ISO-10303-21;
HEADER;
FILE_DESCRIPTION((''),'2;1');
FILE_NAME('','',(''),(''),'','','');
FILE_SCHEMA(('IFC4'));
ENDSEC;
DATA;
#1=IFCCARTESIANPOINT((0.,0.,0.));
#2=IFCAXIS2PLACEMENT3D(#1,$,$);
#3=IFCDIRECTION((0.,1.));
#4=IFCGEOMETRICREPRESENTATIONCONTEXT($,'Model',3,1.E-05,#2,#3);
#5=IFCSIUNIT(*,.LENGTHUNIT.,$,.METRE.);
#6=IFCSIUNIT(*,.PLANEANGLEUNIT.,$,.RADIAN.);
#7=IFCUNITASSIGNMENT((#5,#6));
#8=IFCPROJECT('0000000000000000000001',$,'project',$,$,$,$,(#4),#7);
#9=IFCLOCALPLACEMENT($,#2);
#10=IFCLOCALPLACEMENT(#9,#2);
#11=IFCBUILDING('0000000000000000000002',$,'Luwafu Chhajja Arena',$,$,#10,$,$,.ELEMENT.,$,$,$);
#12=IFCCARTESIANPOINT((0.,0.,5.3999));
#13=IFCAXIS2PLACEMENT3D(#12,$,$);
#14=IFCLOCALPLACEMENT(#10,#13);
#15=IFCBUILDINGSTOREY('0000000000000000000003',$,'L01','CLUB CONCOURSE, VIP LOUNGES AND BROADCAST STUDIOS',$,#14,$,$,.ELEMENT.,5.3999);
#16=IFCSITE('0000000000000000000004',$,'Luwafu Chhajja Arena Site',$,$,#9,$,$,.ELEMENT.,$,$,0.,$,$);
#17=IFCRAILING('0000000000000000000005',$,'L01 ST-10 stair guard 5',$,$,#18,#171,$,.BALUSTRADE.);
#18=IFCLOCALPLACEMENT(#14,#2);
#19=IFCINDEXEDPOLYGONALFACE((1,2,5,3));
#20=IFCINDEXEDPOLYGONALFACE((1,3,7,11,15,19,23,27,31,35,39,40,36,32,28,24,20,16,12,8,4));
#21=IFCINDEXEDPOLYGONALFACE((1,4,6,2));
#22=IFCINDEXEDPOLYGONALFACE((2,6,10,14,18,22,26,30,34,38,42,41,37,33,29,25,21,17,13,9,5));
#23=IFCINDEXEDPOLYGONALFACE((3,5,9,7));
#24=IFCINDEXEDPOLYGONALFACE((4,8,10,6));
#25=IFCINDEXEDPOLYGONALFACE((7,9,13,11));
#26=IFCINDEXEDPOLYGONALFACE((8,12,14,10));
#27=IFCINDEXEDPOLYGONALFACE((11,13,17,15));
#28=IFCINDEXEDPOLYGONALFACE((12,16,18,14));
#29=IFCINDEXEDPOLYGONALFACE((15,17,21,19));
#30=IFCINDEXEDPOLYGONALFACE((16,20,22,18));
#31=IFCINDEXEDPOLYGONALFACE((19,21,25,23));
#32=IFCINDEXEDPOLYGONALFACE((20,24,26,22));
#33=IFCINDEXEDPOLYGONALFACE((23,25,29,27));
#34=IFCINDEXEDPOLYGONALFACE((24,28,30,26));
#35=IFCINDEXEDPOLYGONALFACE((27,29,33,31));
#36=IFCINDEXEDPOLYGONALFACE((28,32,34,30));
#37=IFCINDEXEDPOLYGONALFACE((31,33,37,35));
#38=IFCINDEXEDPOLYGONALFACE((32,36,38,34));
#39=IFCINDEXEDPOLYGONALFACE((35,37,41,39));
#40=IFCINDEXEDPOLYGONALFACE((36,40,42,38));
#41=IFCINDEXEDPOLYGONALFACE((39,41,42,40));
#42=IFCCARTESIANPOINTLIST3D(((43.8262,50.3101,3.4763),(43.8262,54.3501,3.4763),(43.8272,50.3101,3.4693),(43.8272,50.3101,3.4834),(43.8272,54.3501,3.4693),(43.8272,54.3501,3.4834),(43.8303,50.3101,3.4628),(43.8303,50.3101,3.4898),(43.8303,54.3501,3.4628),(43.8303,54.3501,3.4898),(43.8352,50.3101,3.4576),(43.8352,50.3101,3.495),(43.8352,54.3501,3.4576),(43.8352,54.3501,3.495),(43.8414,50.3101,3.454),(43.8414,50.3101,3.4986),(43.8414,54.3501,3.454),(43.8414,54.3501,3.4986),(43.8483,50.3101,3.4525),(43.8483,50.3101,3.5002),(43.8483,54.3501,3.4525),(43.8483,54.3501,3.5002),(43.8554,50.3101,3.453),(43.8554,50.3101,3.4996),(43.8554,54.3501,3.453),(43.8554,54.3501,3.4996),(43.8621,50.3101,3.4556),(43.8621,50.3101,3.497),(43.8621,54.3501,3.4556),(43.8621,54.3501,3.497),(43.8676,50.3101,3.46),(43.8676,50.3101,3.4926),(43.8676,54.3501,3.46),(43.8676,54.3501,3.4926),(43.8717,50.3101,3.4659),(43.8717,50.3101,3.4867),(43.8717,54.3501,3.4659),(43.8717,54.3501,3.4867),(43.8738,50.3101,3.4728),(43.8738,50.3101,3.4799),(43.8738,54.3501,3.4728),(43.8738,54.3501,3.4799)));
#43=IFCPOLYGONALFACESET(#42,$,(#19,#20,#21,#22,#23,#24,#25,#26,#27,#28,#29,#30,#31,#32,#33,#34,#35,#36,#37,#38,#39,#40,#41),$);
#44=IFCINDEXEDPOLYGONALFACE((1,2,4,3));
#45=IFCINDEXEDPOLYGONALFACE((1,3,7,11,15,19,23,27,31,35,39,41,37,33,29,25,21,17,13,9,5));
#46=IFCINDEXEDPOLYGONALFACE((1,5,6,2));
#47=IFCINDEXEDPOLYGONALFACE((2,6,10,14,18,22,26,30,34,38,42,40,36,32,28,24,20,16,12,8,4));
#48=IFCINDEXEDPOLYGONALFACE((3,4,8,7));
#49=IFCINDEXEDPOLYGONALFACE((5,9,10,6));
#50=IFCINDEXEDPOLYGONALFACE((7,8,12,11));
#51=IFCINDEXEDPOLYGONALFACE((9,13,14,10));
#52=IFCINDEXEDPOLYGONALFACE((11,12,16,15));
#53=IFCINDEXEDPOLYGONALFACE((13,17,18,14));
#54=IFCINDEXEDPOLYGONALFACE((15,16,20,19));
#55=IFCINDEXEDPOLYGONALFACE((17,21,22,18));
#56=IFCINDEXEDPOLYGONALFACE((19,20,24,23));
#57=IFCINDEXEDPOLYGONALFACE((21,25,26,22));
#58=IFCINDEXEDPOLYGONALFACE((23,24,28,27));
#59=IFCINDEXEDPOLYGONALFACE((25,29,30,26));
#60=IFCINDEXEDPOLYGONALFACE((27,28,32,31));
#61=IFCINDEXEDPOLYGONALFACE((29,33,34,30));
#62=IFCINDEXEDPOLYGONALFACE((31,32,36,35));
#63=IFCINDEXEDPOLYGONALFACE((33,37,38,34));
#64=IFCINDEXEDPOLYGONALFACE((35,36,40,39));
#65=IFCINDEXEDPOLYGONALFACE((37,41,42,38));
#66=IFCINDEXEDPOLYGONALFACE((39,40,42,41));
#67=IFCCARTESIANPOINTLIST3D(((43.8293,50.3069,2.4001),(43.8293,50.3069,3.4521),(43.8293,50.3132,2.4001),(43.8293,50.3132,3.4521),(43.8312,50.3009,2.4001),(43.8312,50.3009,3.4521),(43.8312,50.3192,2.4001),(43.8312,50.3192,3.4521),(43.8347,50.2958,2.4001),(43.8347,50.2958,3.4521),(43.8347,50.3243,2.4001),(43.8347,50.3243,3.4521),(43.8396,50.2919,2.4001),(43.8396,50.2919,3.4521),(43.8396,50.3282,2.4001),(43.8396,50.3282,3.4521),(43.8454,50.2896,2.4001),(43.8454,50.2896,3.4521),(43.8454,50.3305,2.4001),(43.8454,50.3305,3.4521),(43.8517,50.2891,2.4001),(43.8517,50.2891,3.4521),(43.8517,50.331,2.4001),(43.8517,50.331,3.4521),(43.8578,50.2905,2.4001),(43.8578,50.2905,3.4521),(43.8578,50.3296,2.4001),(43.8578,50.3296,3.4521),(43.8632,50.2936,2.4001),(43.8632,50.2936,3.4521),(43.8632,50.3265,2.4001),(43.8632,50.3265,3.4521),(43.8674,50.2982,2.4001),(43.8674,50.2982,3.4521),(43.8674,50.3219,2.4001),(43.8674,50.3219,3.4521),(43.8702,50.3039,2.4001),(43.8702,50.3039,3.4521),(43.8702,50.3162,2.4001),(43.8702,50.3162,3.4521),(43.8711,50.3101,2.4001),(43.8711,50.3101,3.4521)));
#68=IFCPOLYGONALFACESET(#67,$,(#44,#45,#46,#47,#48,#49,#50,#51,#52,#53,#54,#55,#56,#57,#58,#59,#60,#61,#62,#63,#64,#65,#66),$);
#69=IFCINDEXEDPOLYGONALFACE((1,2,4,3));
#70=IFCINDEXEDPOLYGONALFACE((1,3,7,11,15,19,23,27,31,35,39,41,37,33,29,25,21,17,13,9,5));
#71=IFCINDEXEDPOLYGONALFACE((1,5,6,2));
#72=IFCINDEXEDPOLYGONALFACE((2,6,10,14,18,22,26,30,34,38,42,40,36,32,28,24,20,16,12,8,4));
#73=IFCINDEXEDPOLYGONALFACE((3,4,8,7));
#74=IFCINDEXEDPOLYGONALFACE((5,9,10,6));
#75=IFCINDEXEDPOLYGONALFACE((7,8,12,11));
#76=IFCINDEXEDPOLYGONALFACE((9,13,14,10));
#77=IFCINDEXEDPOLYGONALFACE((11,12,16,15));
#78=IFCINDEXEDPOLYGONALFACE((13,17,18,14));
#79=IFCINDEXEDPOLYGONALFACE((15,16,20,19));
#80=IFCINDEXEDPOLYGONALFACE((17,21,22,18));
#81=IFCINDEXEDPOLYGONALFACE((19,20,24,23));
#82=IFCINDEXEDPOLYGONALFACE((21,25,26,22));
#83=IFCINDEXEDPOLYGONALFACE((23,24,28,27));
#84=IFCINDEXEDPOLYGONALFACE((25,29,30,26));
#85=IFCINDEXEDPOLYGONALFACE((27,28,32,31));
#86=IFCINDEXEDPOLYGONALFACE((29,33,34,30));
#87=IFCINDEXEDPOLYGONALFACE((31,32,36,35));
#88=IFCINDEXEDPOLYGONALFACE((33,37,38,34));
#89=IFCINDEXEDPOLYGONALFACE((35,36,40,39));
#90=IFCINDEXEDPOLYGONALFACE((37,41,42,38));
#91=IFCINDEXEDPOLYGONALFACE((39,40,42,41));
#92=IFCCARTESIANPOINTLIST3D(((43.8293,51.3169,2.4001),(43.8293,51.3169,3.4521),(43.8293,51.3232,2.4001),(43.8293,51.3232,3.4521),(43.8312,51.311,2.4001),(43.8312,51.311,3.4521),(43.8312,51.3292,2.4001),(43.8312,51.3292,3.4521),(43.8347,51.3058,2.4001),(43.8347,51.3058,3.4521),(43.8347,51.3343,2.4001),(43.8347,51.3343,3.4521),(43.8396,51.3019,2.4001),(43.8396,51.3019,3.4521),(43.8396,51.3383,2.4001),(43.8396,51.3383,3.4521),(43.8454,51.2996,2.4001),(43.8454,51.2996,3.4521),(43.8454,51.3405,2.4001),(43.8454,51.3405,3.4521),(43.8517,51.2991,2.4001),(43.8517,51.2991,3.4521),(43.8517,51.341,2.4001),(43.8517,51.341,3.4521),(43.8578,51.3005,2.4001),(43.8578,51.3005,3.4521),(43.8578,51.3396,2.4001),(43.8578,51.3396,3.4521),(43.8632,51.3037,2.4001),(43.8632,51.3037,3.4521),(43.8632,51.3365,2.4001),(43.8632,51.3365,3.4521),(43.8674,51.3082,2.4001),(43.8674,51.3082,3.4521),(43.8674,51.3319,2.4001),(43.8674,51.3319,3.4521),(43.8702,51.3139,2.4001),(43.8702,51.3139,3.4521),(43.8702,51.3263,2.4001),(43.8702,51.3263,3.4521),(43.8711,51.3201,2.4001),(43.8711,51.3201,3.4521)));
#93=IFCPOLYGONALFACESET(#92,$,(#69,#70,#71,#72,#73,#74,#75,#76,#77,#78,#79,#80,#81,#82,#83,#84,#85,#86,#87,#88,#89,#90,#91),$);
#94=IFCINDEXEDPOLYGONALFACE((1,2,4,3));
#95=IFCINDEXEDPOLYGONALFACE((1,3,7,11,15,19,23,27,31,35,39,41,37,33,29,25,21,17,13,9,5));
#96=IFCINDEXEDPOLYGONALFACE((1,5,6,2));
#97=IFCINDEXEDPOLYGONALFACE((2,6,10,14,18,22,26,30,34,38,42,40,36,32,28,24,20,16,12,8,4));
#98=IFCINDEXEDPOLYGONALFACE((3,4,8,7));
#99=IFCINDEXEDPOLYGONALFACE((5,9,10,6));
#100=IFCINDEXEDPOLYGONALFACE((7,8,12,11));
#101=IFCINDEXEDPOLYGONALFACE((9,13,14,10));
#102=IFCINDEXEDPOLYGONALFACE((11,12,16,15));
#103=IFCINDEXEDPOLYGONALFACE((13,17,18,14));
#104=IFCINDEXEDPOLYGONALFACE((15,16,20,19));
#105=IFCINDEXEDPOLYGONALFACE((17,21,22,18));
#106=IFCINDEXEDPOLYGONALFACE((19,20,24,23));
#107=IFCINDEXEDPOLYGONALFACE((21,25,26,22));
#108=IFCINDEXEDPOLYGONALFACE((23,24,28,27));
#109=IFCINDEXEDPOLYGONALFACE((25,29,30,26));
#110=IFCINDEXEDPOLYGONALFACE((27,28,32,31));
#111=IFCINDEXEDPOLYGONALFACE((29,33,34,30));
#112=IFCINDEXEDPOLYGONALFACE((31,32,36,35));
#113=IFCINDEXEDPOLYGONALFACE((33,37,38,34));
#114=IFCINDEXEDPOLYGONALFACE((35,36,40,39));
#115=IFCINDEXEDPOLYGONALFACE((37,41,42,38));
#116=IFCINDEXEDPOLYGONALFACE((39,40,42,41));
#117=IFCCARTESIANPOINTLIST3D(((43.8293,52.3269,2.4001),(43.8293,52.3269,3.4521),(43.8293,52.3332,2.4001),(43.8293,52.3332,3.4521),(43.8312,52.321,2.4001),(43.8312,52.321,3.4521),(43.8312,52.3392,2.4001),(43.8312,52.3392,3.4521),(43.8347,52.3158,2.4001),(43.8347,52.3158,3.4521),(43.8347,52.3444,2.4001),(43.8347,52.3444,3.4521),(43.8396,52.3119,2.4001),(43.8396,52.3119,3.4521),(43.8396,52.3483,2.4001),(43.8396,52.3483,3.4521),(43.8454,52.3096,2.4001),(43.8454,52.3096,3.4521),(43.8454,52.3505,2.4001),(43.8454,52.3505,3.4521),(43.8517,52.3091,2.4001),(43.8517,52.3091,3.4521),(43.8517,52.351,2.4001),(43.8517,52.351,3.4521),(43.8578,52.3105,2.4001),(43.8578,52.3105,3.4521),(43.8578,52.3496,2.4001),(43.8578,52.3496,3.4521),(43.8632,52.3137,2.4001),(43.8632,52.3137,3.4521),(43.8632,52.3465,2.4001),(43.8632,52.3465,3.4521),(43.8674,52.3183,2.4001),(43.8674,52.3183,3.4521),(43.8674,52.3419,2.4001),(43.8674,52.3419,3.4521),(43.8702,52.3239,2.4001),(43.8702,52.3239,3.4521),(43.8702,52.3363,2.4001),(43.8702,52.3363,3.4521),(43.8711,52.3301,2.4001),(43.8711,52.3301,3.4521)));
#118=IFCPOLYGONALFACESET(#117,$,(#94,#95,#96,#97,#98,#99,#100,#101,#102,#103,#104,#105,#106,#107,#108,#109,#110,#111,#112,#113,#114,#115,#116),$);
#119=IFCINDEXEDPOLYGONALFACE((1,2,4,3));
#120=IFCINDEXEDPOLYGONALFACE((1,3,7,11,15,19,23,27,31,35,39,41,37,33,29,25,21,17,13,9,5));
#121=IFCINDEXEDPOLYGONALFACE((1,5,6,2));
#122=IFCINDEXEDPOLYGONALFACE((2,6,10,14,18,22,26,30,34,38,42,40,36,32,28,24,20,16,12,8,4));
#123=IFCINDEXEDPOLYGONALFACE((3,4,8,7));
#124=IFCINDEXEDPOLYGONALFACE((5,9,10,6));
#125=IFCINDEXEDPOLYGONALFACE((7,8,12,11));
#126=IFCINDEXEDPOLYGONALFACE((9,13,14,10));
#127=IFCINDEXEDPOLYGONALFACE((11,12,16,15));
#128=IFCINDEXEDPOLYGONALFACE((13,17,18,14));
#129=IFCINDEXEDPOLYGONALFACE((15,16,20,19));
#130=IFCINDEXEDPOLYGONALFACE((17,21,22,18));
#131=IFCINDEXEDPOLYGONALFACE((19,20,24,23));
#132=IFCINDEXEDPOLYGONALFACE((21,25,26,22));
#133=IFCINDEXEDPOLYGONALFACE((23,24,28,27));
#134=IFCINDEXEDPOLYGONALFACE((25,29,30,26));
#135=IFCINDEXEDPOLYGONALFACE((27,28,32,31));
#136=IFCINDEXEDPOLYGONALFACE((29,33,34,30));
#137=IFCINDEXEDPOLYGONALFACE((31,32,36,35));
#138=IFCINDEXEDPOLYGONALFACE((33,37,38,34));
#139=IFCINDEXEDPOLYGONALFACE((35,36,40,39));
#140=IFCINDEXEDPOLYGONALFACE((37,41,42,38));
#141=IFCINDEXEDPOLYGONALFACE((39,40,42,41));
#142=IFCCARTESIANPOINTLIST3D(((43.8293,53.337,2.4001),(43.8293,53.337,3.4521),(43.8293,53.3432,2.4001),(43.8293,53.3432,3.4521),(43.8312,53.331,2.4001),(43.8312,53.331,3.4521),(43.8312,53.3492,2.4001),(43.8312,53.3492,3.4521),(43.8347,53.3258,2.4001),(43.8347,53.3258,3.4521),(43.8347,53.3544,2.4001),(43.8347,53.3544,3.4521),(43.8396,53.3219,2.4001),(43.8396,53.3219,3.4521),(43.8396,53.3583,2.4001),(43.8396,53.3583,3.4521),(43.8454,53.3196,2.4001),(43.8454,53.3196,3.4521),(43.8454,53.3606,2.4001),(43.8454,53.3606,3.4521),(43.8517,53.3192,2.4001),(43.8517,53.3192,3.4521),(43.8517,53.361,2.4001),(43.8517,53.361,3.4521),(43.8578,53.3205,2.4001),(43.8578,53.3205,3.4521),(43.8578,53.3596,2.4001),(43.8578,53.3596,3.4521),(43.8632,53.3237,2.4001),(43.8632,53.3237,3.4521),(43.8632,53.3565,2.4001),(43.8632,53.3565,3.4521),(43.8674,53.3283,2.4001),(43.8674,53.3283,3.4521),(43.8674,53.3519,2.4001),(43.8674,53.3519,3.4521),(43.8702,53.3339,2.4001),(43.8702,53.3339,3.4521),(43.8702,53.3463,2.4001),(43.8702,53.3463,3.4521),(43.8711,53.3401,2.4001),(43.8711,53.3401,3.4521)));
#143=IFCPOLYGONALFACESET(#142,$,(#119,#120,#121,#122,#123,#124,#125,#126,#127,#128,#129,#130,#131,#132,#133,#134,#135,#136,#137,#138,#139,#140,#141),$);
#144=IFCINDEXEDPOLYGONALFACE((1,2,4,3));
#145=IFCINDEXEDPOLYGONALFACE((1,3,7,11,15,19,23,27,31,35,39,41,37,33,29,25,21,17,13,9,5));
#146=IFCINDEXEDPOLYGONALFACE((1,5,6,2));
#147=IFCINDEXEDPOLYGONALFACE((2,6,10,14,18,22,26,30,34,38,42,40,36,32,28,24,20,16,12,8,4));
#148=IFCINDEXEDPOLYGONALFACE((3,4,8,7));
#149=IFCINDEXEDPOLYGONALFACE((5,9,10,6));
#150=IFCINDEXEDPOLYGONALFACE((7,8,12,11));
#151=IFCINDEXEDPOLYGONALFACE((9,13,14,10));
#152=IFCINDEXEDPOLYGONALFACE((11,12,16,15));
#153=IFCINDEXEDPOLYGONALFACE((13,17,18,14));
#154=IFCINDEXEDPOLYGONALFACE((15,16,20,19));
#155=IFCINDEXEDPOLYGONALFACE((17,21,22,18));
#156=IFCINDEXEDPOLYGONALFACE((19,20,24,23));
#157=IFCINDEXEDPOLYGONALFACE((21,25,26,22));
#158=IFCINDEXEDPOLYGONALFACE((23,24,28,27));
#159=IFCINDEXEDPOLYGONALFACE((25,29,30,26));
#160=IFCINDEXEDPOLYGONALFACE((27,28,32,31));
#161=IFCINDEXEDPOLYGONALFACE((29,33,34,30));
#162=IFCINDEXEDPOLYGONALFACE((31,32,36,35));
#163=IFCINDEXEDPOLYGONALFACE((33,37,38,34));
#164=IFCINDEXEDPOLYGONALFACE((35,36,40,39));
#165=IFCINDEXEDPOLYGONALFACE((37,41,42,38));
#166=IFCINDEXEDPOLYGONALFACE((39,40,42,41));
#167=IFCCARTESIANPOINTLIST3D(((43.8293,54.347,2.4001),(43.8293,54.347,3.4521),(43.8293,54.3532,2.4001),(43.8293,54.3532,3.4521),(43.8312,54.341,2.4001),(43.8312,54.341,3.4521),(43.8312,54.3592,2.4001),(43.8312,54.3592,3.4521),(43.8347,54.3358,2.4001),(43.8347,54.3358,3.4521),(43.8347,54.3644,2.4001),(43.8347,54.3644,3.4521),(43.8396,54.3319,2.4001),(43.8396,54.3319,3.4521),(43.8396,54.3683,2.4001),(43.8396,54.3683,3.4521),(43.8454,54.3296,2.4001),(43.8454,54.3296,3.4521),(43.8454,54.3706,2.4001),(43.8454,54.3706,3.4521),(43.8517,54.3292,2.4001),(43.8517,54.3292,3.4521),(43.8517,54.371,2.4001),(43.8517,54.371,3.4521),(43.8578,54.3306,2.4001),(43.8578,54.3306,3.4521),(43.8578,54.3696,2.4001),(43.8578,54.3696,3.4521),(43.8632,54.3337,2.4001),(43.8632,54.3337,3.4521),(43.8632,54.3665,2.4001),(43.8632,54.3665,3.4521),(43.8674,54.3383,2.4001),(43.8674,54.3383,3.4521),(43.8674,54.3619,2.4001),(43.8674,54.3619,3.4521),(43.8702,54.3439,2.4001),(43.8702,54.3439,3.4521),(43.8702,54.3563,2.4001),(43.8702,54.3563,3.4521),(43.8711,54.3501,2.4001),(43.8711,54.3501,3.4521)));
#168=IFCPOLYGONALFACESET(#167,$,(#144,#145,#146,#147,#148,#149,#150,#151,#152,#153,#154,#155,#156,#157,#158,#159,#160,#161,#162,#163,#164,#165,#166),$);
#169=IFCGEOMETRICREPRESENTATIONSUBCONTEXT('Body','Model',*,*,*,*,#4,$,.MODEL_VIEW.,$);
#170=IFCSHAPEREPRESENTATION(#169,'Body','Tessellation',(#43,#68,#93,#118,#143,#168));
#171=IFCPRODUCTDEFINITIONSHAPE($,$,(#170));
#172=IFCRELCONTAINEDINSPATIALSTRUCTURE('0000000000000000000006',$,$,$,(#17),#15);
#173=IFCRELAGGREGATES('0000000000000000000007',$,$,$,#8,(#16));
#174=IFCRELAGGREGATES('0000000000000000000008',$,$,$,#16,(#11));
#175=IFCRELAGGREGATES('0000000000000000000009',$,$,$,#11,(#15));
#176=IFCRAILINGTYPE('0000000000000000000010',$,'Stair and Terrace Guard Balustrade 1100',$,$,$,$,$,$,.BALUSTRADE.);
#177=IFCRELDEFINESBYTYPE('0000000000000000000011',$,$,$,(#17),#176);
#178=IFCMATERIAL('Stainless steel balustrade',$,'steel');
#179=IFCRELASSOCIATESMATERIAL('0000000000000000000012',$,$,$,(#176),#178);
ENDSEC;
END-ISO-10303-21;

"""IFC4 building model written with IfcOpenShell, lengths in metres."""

from ifc_helpers import new_model, si_unit, direction, frame, origin, origin_2d, place, context, subcontext, project, spatial, circle, extrude, material, type_object, element, save


model = new_model("IFC4")

# Units and contexts
model_context = context("Model", 3, precision=1e-05, world=origin(), true_north=direction((0.0, 1.0)))
body_context = subcontext(model_context, "Body", "Model", "MODEL_VIEW")
ifc_project = project(units=[si_unit("LENGTHUNIT", "METRE"), si_unit("PLANEANGLEUNIT", "RADIAN")], contexts=[model_context])

# Site, building, storey
site_placement = place(None, origin())
site = spatial("IfcSite", under=ifc_project, at=site_placement, Name="Luwafu Chhajja Arena Site", CompositionType="ELEMENT", RefElevation=0.0)
building_placement = place(site_placement, origin())
building = spatial("IfcBuilding", under=site, at=building_placement, Name="Luwafu Chhajja Arena", CompositionType="ELEMENT")
storey_placement = place(building_placement, frame((0.0, 0.0, 5.3999)))
storey = spatial("IfcBuildingStorey", under=building, at=storey_placement, Name="L01", Description="CLUB CONCOURSE, VIP LOUNGES AND BROADCAST STUDIOS", CompositionType="ELEMENT", Elevation=5.3999)

# Railing
ifc_material_1 = material(Name="Stainless steel balustrade", Category="steel")
railing_type_1 = type_object("IfcRailingType", Name="Stair and Terrace Guard Balustrade 1100", PredefinedType="BALUSTRADE", material=ifc_material_1)
railing_1_placement = place(storey_placement, frame((43.8501, 50.3101, 2.4001)))
element("IfcRailing", 1, at=railing_1_placement, inside=storey, type_object=railing_type_1, Name="L01 ST-10 stair guard 5", PredefinedType="BALUSTRADE", context=body_context, shape_type="SweptSolid", body=[
    extrude(circle(Radius=0.0239, at=origin_2d()), frame((0.0, 0.0, 1.0762), z_axis=(0.0, 1.0, 0.0), x_axis=(-1.0, 0.0, 0.0)), (0.0, 0.0, 1.0), 4.04),
    extrude(circle(Radius=0.021, at=origin_2d()), origin(), (0.0, 0.0, 1.0), 1.052),
    extrude(circle(Radius=0.021, at=origin_2d()), frame((0.0, 1.01, 0.0)), (0.0, 0.0, 1.0), 1.052),
    extrude(circle(Radius=0.021, at=origin_2d()), frame((0.0, 2.02, 0.0)), (0.0, 0.0, 1.0), 1.052),
    extrude(circle(Radius=0.021, at=origin_2d()), frame((0.0, 3.03, 0.0)), (0.0, 0.0, 1.0), 1.052),
    extrude(circle(Radius=0.021, at=origin_2d()), frame((0.0, 4.04, 0.0)), (0.0, 0.0, 1.0), 1.052),
])

save(model, "model.ifc")
